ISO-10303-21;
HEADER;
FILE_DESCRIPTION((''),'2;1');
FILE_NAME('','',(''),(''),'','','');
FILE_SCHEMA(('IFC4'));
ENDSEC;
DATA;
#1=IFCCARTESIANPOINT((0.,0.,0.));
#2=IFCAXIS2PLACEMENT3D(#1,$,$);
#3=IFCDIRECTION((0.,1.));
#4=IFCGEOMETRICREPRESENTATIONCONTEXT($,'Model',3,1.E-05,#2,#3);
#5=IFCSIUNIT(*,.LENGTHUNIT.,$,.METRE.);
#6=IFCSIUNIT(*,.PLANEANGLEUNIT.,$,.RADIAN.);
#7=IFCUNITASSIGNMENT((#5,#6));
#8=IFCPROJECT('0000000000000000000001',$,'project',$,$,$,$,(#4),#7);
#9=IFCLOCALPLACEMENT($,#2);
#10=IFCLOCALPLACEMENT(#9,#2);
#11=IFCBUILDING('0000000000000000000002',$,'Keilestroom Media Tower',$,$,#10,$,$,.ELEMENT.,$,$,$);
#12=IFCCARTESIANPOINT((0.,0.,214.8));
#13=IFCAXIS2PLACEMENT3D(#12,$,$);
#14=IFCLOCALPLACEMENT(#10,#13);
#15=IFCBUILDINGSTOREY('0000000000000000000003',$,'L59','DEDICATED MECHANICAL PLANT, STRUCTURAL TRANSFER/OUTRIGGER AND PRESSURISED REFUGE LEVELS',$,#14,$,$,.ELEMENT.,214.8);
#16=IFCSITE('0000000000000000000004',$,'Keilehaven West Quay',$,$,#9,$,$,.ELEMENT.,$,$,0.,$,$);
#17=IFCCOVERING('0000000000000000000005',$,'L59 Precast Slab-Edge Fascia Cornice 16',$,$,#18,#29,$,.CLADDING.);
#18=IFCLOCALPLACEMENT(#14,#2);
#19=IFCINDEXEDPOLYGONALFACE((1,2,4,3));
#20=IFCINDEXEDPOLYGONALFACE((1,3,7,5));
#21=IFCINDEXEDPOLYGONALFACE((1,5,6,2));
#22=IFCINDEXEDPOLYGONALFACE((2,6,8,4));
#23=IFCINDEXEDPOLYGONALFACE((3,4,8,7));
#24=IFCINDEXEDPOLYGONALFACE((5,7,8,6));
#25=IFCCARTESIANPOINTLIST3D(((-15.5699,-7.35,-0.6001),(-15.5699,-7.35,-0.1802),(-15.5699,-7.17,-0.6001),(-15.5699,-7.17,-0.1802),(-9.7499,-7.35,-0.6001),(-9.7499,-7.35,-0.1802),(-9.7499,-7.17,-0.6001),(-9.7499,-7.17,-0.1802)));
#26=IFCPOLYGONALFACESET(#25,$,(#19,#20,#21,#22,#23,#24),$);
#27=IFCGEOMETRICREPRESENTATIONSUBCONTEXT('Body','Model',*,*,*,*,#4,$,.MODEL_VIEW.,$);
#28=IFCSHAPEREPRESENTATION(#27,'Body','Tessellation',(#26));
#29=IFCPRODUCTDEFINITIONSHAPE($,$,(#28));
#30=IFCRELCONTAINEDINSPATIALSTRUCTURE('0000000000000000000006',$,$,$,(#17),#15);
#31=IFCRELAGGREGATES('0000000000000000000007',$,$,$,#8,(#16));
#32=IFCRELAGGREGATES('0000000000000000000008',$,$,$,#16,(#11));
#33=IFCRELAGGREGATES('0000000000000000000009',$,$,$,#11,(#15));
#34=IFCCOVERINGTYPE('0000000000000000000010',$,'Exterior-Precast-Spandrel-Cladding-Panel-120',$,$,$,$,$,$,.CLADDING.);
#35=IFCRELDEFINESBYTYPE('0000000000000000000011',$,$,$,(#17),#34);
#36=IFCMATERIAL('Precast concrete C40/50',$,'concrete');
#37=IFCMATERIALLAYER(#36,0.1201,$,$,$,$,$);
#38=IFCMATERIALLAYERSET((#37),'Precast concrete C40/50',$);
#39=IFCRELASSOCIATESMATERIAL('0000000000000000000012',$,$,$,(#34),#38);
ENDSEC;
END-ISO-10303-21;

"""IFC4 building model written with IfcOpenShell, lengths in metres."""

from ifc_helpers import new_model, si_unit, direction, frame, origin, origin_2d, place, context, subcontext, project, spatial, rectangle, extrude, source, transform, mapped, material, layer, layer_set, type_object, element, save


model = new_model("IFC4")

# Units and contexts
model_context = context("Model", 3, precision=1e-05, world=origin(), true_north=direction((0.0, 1.0)))
body_context = subcontext(model_context, "Body", "Model", "MODEL_VIEW")
ifc_project = project(units=[si_unit("LENGTHUNIT", "METRE"), si_unit("PLANEANGLEUNIT", "RADIAN")], contexts=[model_context])

# Site, building, storey
site_placement = place(None, origin())
site = spatial("IfcSite", under=ifc_project, at=site_placement, Name="Keilehaven West Quay", CompositionType="ELEMENT", RefElevation=0.0)
building_placement = place(site_placement, origin())
building = spatial("IfcBuilding", under=site, at=building_placement, Name="Keilestroom Media Tower", CompositionType="ELEMENT")
storey_placement = place(building_placement, frame((0.0, 0.0, 214.8)))
storey = spatial("IfcBuildingStorey", under=building, at=storey_placement, Name="L59", Description="DEDICATED MECHANICAL PLANT, STRUCTURAL TRANSFER/OUTRIGGER AND PRESSURISED REFUGE LEVELS", CompositionType="ELEMENT", Elevation=214.8)

# Shared definitions
ifc_material_1 = material(Name="Precast concrete C40/50", Category="concrete")

# Covering
ifc_layer_1 = layer(ifc_material_1, 0.1201)
ifc_layer_set_1 = layer_set([ifc_layer_1], Name="Precast concrete C40/50")
covering_type = type_object("IfcCoveringType", Name="Exterior-Precast-Spandrel-Cladding-Panel-120", PredefinedType="CLADDING", material=ifc_layer_set_1)
shared_shape_1 = source(origin(), body_context, "Body", "SweptSolid", [
    extrude(rectangle(XDim=5.8201, YDim=0.1799, at=origin_2d()), origin(), (0.0, 0.0, 1.0), 0.4199),
])
covering_1_placement = place(storey_placement, frame((-12.6599, -7.26, -0.6001), z_axis=(0.0, 0.0, 1.0), x_axis=(-1.0, 0.0, 0.0)))
element("IfcCovering", 1, at=covering_1_placement, inside=storey, type_object=covering_type, Name="L59 Precast Slab-Edge Fascia Cornice 16", PredefinedType="CLADDING", context=body_context, shape_type="MappedRepresentation", body=[
    mapped(shared_shape_1, transform((0.0, 0.0, 0.0), x_axis=(1.0, 0.0, 0.0), y_axis=(0.0, 1.0, 0.0), z_axis=(0.0, 0.0, 1.0), scale=1.0)),
])

save(model, "model.ifc")
